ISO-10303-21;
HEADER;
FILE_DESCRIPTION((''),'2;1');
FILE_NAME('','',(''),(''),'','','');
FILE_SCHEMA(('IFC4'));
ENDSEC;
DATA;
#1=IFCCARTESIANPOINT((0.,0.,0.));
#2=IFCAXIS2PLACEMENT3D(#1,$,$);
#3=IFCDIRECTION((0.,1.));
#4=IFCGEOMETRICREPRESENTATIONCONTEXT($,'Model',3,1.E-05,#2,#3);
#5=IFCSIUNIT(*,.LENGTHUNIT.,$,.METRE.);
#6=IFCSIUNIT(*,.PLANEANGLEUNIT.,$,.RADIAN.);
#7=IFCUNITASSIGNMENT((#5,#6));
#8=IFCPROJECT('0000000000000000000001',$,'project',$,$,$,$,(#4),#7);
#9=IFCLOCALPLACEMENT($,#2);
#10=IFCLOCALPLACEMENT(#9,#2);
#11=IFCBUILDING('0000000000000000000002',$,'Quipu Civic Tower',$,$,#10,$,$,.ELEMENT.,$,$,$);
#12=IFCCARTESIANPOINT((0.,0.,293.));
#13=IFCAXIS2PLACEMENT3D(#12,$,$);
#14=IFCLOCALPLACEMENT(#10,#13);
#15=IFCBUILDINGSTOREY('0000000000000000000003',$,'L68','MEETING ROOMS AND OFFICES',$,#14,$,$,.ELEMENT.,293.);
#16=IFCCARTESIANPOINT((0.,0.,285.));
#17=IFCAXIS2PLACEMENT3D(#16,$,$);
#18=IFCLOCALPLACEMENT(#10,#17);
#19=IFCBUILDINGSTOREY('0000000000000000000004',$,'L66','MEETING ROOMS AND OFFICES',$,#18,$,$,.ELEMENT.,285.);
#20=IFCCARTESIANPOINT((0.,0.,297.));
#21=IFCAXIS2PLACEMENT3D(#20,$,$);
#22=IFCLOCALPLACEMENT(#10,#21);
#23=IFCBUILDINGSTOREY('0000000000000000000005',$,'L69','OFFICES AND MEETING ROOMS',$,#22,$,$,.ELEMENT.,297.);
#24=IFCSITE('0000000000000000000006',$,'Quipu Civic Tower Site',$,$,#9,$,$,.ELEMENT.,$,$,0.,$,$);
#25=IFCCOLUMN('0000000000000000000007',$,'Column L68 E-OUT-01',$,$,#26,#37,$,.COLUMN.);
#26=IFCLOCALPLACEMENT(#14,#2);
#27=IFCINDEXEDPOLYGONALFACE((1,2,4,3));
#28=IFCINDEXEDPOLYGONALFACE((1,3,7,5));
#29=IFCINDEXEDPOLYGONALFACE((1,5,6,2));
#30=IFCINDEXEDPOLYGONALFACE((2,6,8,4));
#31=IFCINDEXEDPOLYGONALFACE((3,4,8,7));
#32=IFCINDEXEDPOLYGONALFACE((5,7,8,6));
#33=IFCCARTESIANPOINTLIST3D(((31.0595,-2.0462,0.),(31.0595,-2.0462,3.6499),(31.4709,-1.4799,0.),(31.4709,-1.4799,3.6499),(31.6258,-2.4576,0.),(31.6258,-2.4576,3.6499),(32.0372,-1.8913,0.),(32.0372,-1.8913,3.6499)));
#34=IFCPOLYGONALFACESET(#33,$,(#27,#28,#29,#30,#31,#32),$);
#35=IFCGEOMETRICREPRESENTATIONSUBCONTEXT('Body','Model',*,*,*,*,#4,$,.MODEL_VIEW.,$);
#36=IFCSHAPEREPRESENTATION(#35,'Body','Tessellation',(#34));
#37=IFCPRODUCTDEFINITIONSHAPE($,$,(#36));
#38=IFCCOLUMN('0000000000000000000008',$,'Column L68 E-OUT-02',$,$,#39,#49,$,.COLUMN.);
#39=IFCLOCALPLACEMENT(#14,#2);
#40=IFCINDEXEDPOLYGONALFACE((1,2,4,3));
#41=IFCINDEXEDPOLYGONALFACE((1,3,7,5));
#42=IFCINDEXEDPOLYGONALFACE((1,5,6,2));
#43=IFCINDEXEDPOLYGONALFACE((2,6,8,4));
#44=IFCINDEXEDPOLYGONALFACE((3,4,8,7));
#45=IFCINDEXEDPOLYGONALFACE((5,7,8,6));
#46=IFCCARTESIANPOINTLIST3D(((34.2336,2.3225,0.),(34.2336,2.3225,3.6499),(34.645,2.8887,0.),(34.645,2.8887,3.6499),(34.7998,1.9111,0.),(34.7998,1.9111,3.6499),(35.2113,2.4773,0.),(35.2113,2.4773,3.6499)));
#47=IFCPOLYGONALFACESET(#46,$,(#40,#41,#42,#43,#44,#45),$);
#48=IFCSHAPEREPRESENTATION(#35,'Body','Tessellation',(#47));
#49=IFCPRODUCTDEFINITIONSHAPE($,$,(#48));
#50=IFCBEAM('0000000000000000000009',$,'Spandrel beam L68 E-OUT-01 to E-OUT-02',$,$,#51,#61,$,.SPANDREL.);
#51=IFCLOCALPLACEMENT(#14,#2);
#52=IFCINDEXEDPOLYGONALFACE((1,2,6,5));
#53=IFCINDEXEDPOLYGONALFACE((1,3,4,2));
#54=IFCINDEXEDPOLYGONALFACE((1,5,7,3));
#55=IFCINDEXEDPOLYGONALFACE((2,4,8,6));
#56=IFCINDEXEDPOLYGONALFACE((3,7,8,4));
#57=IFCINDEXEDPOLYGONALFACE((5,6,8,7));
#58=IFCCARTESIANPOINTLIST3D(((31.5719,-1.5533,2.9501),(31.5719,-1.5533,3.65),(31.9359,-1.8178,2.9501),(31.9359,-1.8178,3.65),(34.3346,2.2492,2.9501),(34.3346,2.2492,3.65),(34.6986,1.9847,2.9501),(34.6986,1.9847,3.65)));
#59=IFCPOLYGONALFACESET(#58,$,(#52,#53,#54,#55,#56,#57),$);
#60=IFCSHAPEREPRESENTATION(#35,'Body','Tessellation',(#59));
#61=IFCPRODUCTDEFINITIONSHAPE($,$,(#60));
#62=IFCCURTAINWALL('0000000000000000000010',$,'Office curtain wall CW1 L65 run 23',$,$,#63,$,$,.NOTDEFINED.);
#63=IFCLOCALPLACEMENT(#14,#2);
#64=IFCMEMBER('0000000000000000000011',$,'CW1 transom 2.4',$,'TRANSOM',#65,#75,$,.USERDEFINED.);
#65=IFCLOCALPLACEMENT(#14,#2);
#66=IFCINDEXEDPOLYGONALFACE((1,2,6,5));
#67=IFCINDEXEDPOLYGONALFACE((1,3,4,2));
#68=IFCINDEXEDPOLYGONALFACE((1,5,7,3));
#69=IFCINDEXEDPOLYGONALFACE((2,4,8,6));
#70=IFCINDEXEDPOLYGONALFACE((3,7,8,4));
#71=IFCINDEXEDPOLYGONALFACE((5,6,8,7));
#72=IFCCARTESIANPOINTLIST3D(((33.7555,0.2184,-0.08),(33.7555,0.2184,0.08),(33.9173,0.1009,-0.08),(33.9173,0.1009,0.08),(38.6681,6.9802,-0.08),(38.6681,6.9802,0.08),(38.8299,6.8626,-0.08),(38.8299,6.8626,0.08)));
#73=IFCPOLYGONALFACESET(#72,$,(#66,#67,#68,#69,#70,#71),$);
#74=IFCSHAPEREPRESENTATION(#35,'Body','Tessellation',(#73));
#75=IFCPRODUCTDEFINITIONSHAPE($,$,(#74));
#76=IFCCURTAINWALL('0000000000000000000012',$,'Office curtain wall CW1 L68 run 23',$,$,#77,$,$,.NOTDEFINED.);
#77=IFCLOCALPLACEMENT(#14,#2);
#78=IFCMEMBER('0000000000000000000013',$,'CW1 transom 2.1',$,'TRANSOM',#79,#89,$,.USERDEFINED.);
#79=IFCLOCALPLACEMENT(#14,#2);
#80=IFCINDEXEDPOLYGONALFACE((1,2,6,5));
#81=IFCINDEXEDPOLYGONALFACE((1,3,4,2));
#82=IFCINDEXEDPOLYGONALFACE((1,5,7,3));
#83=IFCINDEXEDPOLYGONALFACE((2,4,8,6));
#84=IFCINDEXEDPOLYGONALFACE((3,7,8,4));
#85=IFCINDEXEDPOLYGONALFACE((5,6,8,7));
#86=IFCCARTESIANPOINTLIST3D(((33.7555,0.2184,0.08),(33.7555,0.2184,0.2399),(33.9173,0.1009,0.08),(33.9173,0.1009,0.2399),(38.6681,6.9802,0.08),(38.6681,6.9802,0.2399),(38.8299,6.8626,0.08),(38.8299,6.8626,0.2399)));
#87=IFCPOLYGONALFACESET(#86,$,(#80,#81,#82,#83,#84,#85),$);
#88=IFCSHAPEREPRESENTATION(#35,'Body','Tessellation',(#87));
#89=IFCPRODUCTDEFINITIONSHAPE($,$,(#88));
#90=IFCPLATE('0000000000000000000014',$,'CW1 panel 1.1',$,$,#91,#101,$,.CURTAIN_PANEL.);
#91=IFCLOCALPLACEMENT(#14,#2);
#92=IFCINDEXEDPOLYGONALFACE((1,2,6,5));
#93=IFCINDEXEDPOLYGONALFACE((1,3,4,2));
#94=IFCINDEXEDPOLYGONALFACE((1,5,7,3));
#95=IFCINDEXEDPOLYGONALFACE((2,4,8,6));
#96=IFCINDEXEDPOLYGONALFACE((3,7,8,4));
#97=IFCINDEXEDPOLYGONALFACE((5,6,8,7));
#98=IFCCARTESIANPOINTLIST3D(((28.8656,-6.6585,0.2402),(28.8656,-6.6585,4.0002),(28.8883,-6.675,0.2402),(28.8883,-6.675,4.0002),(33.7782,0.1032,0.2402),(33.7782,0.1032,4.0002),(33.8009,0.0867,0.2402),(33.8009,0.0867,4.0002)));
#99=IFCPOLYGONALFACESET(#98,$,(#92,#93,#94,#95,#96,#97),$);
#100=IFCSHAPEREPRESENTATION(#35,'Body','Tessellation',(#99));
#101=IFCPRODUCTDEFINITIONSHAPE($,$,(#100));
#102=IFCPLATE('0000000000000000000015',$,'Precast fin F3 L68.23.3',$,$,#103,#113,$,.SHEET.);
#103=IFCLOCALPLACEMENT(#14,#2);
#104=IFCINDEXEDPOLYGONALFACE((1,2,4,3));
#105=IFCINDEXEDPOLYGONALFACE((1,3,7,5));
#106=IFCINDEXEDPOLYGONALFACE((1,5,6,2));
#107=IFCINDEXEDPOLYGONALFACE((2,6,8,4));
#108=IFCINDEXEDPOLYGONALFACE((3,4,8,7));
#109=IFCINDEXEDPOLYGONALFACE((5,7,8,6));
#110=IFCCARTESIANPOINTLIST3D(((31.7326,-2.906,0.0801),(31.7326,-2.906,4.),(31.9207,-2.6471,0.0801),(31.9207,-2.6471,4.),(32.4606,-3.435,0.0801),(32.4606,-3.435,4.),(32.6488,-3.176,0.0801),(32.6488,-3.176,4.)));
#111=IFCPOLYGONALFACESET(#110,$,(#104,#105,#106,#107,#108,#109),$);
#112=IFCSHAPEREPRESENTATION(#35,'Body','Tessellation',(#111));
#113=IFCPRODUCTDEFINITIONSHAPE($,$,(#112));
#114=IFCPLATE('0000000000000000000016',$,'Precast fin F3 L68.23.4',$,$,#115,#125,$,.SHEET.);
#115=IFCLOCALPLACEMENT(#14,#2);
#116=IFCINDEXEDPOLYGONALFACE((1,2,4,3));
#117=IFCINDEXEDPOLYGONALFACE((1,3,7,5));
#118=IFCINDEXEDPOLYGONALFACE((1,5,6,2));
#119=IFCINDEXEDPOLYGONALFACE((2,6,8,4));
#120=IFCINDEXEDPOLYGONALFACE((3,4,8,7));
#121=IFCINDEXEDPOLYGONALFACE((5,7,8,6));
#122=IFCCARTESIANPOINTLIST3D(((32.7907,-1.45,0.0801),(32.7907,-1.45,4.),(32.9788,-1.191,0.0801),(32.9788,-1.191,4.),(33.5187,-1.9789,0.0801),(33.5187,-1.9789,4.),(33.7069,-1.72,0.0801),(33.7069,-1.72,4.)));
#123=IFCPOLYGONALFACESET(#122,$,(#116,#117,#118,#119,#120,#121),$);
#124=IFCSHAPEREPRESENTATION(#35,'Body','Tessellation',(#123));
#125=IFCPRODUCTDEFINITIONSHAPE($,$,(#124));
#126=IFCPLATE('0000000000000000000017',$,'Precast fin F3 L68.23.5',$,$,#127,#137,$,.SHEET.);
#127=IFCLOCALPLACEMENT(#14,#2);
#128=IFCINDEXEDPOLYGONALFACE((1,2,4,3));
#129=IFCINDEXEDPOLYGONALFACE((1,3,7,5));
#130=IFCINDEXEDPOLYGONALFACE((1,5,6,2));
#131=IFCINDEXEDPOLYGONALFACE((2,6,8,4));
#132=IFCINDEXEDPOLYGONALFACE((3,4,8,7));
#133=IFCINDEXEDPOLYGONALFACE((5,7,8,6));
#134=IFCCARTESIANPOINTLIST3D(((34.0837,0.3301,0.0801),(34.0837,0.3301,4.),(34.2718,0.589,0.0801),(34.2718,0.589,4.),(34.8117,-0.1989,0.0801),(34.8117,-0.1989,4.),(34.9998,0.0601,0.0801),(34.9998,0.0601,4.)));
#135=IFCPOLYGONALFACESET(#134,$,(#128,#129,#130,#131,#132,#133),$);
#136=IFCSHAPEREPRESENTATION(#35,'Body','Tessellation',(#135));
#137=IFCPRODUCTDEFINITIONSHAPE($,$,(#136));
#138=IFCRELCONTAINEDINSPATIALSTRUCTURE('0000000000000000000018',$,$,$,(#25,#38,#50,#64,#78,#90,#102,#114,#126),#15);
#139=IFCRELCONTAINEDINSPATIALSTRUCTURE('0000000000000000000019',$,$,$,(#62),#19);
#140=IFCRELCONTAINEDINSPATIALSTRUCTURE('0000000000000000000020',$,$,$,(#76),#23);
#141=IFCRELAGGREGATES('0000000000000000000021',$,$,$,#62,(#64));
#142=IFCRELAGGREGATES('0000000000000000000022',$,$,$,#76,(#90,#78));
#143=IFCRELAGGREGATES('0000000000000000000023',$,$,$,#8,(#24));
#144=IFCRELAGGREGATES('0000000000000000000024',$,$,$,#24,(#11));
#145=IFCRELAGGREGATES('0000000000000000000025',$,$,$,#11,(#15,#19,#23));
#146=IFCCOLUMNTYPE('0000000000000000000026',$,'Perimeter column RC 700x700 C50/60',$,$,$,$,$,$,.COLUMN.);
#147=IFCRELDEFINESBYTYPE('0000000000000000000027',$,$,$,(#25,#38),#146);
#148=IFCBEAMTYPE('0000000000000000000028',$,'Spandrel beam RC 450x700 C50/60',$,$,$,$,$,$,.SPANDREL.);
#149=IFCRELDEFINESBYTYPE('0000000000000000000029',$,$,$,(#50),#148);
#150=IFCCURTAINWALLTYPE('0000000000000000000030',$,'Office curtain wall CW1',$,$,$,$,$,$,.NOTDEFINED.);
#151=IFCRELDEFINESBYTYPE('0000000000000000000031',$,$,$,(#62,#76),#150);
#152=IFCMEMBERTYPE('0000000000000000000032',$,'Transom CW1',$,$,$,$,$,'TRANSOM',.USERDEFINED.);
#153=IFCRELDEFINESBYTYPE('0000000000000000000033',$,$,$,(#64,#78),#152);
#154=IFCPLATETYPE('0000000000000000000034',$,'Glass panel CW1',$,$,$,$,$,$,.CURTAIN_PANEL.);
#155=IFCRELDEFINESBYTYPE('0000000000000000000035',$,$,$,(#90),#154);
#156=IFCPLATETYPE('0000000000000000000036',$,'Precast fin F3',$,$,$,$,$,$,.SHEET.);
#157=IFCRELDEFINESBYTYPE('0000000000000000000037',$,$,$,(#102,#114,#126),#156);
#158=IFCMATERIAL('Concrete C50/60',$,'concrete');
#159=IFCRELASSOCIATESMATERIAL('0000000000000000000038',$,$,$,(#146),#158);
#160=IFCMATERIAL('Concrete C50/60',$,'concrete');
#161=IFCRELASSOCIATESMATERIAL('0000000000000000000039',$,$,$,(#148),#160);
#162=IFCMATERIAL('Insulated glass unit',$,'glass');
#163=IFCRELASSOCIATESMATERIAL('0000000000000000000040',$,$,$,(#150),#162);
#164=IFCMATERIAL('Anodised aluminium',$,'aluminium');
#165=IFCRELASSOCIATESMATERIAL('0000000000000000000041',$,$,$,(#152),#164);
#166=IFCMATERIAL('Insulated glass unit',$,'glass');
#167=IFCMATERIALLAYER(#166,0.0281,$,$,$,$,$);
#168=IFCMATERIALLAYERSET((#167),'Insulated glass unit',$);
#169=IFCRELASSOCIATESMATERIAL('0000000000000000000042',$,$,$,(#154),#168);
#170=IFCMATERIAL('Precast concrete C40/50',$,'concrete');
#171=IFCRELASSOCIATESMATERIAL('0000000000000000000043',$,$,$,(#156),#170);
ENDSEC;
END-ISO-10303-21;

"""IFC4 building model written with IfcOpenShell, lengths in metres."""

from ifc_helpers import new_model, si_unit, direction, frame, origin, origin_2d, place, context, subcontext, project, spatial, rectangle, extrude, material, layer, layer_set, material_profile, profile_set, type_object, element, aggregate, save


model = new_model("IFC4")

# Units and contexts
model_context = context("Model", 3, precision=1e-05, world=origin(), true_north=direction((0.0, 1.0)))
body_context = subcontext(model_context, "Body", "Model", "MODEL_VIEW")
ifc_project = project(units=[si_unit("LENGTHUNIT", "METRE"), si_unit("PLANEANGLEUNIT", "RADIAN")], contexts=[model_context])

# Site, building, storey
site_placement = place(None, origin())
site = spatial("IfcSite", under=ifc_project, at=site_placement, Name="Quipu Civic Tower Site", CompositionType="ELEMENT", RefElevation=0.0)
building_placement = place(site_placement, origin())
building = spatial("IfcBuilding", under=site, at=building_placement, Name="Quipu Civic Tower", CompositionType="ELEMENT")
storey_1_placement = place(building_placement, frame((0.0, 0.0, 293.0)))
storey_1 = spatial("IfcBuildingStorey", under=building, at=storey_1_placement, Name="L68", Description="MEETING ROOMS AND OFFICES", CompositionType="ELEMENT", Elevation=293.0)

# Columns
ifc_material_1 = material(Name="Concrete C50/60", Category="concrete")
ifc_material_profile_1 = material_profile(ifc_material_1, rectangle(XDim=0.7, YDim=0.7, at=origin_2d()), Name="RC700x700")
ifc_profile_set_1 = profile_set([ifc_material_profile_1], Name="Concrete C50/60")
column_type = type_object("IfcColumnType", Name="Perimeter column RC 700x700 C50/60", PredefinedType="COLUMN", material=ifc_profile_set_1)
for number, where, z_axis, x_axis, name in (
    (1, (31.5483, -1.9688, 0.0), (0.0, 0.0, 1.0), (0.587785, 0.809017, 0.0), "Column L68 E-OUT-01"),
    (2, (34.7224, 2.3999, 0.0), (0.0, 0.0, 1.0), (0.587785, 0.809017, 0.0), "Column L68 E-OUT-02"),
):
    element("IfcColumn", number, at=place(storey_1_placement, frame(where, z_axis=z_axis, x_axis=x_axis)), inside=storey_1, type_object=column_type, Name=name, PredefinedType="COLUMN", context=body_context, shape_type="SweptSolid", body=[
        extrude(rectangle(XDim=0.7, YDim=0.7, at=origin_2d()), origin(), (0.0, 0.0, 1.0), 3.6499),
    ])

# Beam
ifc_material_2 = material(Name="Concrete C50/60", Category="concrete")
ifc_material_profile_2 = material_profile(ifc_material_2, rectangle(XDim=0.45, YDim=0.7, at=origin_2d()), Name="RC450x700")
ifc_profile_set_2 = profile_set([ifc_material_profile_2], Name="Concrete C50/60")
beam_type = type_object("IfcBeamType", Name="Spandrel beam RC 450x700 C50/60", PredefinedType="SPANDREL", material=ifc_profile_set_2)
beam_placement = place(storey_1_placement, frame((31.7539, -1.6855, 3.3), z_axis=(0.587789, 0.809015, 0.0), x_axis=(-0.809015, 0.587789, 0.0)))
element("IfcBeam", 3, at=beam_placement, inside=storey_1, type_object=beam_type, Name="Spandrel beam L68 E-OUT-01 to E-OUT-02", PredefinedType="SPANDREL", context=body_context, shape_type="SweptSolid", body=[
    extrude(rectangle(XDim=0.45, YDim=0.7, at=origin_2d()), origin(), (0.0, 0.0, 1.0), 4.7002),
])

# Shared definitions
storey_2_placement = place(building_placement, frame((0.0, 0.0, 285.0)))
storey_2 = spatial("IfcBuildingStorey", under=building, at=storey_2_placement, Name="L66", Description="MEETING ROOMS AND OFFICES", CompositionType="ELEMENT", Elevation=285.0)

# Curtain wall, member
ifc_material_3 = material(Name="Insulated glass unit", Category="glass")
curtain_wall_type = type_object("IfcCurtainWallType", Name="Office curtain wall CW1", PredefinedType="NOTDEFINED", material=ifc_material_3)
curtain_wall_1_placement = place(storey_2_placement, origin())
curtain_wall_1 = element("IfcCurtainWall", 4, at=curtain_wall_1_placement, inside=storey_2, type_object=curtain_wall_type, Name="Office curtain wall CW1 L65 run 23", PredefinedType="NOTDEFINED")
ifc_material_4 = material(Name="Anodised aluminium", Category="aluminium")
ifc_material_profile_3 = material_profile(ifc_material_4, rectangle(XDim=0.2, YDim=0.1599, at=origin_2d()), Name="RECT 200x160")
ifc_profile_set_3 = profile_set([ifc_material_profile_3], Name="Anodised aluminium")
member_type = type_object("IfcMemberType", Name="Transom CW1", ElementType="TRANSOM", PredefinedType="USERDEFINED", material=ifc_profile_set_3)
member_1_placement = place(storey_1_placement, frame((33.8364, 0.1597, 0.0), z_axis=(0.587779, 0.809021, 0.0), x_axis=(-0.809021, 0.587779, 0.0)))
member_1 = element("IfcMember", 5, at=member_1_placement, inside=storey_1, type_object=member_type, Name="CW1 transom 2.4", ObjectType="TRANSOM", PredefinedType="USERDEFINED", context=body_context, shape_type="SweptSolid", body=[
    extrude(rectangle(XDim=0.2, YDim=0.1599, at=origin_2d()), origin(), (0.0, 0.0, 1.0), 8.3579),
])
aggregate(curtain_wall_1, [member_1])

# Shared definitions
storey_3_placement = place(building_placement, frame((0.0, 0.0, 297.0)))
storey_3 = spatial("IfcBuildingStorey", under=building, at=storey_3_placement, Name="L69", Description="OFFICES AND MEETING ROOMS", CompositionType="ELEMENT", Elevation=297.0)

# Curtain wall, member, plate
curtain_wall_2_placement = place(storey_3_placement, origin())
curtain_wall_2 = element("IfcCurtainWall", 6, at=curtain_wall_2_placement, inside=storey_3, type_object=curtain_wall_type, Name="Office curtain wall CW1 L68 run 23", PredefinedType="NOTDEFINED")
member_2_placement = place(storey_1_placement, frame((33.8364, 0.1597, 0.1599), z_axis=(0.587779, 0.809021, 0.0), x_axis=(-0.809021, 0.587779, 0.0)))
member_2 = element("IfcMember", 7, at=member_2_placement, inside=storey_1, type_object=member_type, Name="CW1 transom 2.1", ObjectType="TRANSOM", PredefinedType="USERDEFINED", context=body_context, shape_type="SweptSolid", body=[
    extrude(rectangle(XDim=0.2, YDim=0.1599, at=origin_2d()), origin(), (0.0, 0.0, 1.0), 8.3579),
])
ifc_material_5 = material(Name="Insulated glass unit", Category="glass")
ifc_layer_1 = layer(ifc_material_5, 0.0281)
ifc_layer_set_1 = layer_set([ifc_layer_1], Name="Insulated glass unit")
plate_type_1 = type_object("IfcPlateType", Name="Glass panel CW1", PredefinedType="CURTAIN_PANEL", material=ifc_layer_set_1)
plate_placement = place(storey_1_placement, frame((31.3333, -3.2859, 0.2402), z_axis=(0.0, 0.0, 1.0), x_axis=(0.587786, 0.809016, 0.0)))
plate = element("IfcPlate", 8, at=plate_placement, inside=storey_1, type_object=plate_type_1, Name="CW1 panel 1.1", PredefinedType="CURTAIN_PANEL", context=body_context, shape_type="SweptSolid", body=[
    extrude(rectangle(XDim=8.3579, YDim=0.0281, at=origin_2d()), origin(), (0.0, 0.0, 1.0), 3.76),
])
aggregate(curtain_wall_2, [plate, member_2])

# Plates
ifc_material_6 = material(Name="Precast concrete C40/50", Category="concrete")
plate_type_2 = type_object("IfcPlateType", Name="Precast fin F3", PredefinedType="SHEET", material=ifc_material_6)
for number, where, z_axis, x_axis, name in (
    (9, (32.1907, -3.041, 0.0801), (0.0, 0.0, 1.0), (0.587787, 0.809016, 0.0), "Precast fin F3 L68.23.3"),
    (10, (33.2488, -1.585, 0.0801), (0.0, 0.0, 1.0), (0.587787, 0.809016, 0.0), "Precast fin F3 L68.23.4"),
    (11, (34.5417, 0.1951, 0.0801), (0.0, 0.0, 1.0), (0.587787, 0.809016, 0.0), "Precast fin F3 L68.23.5"),
):
    element("IfcPlate", number, at=place(storey_1_placement, frame(where, z_axis=z_axis, x_axis=x_axis)), inside=storey_1, type_object=plate_type_2, Name=name, PredefinedType="SHEET", context=body_context, shape_type="SweptSolid", body=[
        extrude(rectangle(XDim=0.3201, YDim=0.8999, at=origin_2d()), origin(), (0.0, 0.0, 1.0), 3.9199),
    ])

save(model, "model.ifc")
